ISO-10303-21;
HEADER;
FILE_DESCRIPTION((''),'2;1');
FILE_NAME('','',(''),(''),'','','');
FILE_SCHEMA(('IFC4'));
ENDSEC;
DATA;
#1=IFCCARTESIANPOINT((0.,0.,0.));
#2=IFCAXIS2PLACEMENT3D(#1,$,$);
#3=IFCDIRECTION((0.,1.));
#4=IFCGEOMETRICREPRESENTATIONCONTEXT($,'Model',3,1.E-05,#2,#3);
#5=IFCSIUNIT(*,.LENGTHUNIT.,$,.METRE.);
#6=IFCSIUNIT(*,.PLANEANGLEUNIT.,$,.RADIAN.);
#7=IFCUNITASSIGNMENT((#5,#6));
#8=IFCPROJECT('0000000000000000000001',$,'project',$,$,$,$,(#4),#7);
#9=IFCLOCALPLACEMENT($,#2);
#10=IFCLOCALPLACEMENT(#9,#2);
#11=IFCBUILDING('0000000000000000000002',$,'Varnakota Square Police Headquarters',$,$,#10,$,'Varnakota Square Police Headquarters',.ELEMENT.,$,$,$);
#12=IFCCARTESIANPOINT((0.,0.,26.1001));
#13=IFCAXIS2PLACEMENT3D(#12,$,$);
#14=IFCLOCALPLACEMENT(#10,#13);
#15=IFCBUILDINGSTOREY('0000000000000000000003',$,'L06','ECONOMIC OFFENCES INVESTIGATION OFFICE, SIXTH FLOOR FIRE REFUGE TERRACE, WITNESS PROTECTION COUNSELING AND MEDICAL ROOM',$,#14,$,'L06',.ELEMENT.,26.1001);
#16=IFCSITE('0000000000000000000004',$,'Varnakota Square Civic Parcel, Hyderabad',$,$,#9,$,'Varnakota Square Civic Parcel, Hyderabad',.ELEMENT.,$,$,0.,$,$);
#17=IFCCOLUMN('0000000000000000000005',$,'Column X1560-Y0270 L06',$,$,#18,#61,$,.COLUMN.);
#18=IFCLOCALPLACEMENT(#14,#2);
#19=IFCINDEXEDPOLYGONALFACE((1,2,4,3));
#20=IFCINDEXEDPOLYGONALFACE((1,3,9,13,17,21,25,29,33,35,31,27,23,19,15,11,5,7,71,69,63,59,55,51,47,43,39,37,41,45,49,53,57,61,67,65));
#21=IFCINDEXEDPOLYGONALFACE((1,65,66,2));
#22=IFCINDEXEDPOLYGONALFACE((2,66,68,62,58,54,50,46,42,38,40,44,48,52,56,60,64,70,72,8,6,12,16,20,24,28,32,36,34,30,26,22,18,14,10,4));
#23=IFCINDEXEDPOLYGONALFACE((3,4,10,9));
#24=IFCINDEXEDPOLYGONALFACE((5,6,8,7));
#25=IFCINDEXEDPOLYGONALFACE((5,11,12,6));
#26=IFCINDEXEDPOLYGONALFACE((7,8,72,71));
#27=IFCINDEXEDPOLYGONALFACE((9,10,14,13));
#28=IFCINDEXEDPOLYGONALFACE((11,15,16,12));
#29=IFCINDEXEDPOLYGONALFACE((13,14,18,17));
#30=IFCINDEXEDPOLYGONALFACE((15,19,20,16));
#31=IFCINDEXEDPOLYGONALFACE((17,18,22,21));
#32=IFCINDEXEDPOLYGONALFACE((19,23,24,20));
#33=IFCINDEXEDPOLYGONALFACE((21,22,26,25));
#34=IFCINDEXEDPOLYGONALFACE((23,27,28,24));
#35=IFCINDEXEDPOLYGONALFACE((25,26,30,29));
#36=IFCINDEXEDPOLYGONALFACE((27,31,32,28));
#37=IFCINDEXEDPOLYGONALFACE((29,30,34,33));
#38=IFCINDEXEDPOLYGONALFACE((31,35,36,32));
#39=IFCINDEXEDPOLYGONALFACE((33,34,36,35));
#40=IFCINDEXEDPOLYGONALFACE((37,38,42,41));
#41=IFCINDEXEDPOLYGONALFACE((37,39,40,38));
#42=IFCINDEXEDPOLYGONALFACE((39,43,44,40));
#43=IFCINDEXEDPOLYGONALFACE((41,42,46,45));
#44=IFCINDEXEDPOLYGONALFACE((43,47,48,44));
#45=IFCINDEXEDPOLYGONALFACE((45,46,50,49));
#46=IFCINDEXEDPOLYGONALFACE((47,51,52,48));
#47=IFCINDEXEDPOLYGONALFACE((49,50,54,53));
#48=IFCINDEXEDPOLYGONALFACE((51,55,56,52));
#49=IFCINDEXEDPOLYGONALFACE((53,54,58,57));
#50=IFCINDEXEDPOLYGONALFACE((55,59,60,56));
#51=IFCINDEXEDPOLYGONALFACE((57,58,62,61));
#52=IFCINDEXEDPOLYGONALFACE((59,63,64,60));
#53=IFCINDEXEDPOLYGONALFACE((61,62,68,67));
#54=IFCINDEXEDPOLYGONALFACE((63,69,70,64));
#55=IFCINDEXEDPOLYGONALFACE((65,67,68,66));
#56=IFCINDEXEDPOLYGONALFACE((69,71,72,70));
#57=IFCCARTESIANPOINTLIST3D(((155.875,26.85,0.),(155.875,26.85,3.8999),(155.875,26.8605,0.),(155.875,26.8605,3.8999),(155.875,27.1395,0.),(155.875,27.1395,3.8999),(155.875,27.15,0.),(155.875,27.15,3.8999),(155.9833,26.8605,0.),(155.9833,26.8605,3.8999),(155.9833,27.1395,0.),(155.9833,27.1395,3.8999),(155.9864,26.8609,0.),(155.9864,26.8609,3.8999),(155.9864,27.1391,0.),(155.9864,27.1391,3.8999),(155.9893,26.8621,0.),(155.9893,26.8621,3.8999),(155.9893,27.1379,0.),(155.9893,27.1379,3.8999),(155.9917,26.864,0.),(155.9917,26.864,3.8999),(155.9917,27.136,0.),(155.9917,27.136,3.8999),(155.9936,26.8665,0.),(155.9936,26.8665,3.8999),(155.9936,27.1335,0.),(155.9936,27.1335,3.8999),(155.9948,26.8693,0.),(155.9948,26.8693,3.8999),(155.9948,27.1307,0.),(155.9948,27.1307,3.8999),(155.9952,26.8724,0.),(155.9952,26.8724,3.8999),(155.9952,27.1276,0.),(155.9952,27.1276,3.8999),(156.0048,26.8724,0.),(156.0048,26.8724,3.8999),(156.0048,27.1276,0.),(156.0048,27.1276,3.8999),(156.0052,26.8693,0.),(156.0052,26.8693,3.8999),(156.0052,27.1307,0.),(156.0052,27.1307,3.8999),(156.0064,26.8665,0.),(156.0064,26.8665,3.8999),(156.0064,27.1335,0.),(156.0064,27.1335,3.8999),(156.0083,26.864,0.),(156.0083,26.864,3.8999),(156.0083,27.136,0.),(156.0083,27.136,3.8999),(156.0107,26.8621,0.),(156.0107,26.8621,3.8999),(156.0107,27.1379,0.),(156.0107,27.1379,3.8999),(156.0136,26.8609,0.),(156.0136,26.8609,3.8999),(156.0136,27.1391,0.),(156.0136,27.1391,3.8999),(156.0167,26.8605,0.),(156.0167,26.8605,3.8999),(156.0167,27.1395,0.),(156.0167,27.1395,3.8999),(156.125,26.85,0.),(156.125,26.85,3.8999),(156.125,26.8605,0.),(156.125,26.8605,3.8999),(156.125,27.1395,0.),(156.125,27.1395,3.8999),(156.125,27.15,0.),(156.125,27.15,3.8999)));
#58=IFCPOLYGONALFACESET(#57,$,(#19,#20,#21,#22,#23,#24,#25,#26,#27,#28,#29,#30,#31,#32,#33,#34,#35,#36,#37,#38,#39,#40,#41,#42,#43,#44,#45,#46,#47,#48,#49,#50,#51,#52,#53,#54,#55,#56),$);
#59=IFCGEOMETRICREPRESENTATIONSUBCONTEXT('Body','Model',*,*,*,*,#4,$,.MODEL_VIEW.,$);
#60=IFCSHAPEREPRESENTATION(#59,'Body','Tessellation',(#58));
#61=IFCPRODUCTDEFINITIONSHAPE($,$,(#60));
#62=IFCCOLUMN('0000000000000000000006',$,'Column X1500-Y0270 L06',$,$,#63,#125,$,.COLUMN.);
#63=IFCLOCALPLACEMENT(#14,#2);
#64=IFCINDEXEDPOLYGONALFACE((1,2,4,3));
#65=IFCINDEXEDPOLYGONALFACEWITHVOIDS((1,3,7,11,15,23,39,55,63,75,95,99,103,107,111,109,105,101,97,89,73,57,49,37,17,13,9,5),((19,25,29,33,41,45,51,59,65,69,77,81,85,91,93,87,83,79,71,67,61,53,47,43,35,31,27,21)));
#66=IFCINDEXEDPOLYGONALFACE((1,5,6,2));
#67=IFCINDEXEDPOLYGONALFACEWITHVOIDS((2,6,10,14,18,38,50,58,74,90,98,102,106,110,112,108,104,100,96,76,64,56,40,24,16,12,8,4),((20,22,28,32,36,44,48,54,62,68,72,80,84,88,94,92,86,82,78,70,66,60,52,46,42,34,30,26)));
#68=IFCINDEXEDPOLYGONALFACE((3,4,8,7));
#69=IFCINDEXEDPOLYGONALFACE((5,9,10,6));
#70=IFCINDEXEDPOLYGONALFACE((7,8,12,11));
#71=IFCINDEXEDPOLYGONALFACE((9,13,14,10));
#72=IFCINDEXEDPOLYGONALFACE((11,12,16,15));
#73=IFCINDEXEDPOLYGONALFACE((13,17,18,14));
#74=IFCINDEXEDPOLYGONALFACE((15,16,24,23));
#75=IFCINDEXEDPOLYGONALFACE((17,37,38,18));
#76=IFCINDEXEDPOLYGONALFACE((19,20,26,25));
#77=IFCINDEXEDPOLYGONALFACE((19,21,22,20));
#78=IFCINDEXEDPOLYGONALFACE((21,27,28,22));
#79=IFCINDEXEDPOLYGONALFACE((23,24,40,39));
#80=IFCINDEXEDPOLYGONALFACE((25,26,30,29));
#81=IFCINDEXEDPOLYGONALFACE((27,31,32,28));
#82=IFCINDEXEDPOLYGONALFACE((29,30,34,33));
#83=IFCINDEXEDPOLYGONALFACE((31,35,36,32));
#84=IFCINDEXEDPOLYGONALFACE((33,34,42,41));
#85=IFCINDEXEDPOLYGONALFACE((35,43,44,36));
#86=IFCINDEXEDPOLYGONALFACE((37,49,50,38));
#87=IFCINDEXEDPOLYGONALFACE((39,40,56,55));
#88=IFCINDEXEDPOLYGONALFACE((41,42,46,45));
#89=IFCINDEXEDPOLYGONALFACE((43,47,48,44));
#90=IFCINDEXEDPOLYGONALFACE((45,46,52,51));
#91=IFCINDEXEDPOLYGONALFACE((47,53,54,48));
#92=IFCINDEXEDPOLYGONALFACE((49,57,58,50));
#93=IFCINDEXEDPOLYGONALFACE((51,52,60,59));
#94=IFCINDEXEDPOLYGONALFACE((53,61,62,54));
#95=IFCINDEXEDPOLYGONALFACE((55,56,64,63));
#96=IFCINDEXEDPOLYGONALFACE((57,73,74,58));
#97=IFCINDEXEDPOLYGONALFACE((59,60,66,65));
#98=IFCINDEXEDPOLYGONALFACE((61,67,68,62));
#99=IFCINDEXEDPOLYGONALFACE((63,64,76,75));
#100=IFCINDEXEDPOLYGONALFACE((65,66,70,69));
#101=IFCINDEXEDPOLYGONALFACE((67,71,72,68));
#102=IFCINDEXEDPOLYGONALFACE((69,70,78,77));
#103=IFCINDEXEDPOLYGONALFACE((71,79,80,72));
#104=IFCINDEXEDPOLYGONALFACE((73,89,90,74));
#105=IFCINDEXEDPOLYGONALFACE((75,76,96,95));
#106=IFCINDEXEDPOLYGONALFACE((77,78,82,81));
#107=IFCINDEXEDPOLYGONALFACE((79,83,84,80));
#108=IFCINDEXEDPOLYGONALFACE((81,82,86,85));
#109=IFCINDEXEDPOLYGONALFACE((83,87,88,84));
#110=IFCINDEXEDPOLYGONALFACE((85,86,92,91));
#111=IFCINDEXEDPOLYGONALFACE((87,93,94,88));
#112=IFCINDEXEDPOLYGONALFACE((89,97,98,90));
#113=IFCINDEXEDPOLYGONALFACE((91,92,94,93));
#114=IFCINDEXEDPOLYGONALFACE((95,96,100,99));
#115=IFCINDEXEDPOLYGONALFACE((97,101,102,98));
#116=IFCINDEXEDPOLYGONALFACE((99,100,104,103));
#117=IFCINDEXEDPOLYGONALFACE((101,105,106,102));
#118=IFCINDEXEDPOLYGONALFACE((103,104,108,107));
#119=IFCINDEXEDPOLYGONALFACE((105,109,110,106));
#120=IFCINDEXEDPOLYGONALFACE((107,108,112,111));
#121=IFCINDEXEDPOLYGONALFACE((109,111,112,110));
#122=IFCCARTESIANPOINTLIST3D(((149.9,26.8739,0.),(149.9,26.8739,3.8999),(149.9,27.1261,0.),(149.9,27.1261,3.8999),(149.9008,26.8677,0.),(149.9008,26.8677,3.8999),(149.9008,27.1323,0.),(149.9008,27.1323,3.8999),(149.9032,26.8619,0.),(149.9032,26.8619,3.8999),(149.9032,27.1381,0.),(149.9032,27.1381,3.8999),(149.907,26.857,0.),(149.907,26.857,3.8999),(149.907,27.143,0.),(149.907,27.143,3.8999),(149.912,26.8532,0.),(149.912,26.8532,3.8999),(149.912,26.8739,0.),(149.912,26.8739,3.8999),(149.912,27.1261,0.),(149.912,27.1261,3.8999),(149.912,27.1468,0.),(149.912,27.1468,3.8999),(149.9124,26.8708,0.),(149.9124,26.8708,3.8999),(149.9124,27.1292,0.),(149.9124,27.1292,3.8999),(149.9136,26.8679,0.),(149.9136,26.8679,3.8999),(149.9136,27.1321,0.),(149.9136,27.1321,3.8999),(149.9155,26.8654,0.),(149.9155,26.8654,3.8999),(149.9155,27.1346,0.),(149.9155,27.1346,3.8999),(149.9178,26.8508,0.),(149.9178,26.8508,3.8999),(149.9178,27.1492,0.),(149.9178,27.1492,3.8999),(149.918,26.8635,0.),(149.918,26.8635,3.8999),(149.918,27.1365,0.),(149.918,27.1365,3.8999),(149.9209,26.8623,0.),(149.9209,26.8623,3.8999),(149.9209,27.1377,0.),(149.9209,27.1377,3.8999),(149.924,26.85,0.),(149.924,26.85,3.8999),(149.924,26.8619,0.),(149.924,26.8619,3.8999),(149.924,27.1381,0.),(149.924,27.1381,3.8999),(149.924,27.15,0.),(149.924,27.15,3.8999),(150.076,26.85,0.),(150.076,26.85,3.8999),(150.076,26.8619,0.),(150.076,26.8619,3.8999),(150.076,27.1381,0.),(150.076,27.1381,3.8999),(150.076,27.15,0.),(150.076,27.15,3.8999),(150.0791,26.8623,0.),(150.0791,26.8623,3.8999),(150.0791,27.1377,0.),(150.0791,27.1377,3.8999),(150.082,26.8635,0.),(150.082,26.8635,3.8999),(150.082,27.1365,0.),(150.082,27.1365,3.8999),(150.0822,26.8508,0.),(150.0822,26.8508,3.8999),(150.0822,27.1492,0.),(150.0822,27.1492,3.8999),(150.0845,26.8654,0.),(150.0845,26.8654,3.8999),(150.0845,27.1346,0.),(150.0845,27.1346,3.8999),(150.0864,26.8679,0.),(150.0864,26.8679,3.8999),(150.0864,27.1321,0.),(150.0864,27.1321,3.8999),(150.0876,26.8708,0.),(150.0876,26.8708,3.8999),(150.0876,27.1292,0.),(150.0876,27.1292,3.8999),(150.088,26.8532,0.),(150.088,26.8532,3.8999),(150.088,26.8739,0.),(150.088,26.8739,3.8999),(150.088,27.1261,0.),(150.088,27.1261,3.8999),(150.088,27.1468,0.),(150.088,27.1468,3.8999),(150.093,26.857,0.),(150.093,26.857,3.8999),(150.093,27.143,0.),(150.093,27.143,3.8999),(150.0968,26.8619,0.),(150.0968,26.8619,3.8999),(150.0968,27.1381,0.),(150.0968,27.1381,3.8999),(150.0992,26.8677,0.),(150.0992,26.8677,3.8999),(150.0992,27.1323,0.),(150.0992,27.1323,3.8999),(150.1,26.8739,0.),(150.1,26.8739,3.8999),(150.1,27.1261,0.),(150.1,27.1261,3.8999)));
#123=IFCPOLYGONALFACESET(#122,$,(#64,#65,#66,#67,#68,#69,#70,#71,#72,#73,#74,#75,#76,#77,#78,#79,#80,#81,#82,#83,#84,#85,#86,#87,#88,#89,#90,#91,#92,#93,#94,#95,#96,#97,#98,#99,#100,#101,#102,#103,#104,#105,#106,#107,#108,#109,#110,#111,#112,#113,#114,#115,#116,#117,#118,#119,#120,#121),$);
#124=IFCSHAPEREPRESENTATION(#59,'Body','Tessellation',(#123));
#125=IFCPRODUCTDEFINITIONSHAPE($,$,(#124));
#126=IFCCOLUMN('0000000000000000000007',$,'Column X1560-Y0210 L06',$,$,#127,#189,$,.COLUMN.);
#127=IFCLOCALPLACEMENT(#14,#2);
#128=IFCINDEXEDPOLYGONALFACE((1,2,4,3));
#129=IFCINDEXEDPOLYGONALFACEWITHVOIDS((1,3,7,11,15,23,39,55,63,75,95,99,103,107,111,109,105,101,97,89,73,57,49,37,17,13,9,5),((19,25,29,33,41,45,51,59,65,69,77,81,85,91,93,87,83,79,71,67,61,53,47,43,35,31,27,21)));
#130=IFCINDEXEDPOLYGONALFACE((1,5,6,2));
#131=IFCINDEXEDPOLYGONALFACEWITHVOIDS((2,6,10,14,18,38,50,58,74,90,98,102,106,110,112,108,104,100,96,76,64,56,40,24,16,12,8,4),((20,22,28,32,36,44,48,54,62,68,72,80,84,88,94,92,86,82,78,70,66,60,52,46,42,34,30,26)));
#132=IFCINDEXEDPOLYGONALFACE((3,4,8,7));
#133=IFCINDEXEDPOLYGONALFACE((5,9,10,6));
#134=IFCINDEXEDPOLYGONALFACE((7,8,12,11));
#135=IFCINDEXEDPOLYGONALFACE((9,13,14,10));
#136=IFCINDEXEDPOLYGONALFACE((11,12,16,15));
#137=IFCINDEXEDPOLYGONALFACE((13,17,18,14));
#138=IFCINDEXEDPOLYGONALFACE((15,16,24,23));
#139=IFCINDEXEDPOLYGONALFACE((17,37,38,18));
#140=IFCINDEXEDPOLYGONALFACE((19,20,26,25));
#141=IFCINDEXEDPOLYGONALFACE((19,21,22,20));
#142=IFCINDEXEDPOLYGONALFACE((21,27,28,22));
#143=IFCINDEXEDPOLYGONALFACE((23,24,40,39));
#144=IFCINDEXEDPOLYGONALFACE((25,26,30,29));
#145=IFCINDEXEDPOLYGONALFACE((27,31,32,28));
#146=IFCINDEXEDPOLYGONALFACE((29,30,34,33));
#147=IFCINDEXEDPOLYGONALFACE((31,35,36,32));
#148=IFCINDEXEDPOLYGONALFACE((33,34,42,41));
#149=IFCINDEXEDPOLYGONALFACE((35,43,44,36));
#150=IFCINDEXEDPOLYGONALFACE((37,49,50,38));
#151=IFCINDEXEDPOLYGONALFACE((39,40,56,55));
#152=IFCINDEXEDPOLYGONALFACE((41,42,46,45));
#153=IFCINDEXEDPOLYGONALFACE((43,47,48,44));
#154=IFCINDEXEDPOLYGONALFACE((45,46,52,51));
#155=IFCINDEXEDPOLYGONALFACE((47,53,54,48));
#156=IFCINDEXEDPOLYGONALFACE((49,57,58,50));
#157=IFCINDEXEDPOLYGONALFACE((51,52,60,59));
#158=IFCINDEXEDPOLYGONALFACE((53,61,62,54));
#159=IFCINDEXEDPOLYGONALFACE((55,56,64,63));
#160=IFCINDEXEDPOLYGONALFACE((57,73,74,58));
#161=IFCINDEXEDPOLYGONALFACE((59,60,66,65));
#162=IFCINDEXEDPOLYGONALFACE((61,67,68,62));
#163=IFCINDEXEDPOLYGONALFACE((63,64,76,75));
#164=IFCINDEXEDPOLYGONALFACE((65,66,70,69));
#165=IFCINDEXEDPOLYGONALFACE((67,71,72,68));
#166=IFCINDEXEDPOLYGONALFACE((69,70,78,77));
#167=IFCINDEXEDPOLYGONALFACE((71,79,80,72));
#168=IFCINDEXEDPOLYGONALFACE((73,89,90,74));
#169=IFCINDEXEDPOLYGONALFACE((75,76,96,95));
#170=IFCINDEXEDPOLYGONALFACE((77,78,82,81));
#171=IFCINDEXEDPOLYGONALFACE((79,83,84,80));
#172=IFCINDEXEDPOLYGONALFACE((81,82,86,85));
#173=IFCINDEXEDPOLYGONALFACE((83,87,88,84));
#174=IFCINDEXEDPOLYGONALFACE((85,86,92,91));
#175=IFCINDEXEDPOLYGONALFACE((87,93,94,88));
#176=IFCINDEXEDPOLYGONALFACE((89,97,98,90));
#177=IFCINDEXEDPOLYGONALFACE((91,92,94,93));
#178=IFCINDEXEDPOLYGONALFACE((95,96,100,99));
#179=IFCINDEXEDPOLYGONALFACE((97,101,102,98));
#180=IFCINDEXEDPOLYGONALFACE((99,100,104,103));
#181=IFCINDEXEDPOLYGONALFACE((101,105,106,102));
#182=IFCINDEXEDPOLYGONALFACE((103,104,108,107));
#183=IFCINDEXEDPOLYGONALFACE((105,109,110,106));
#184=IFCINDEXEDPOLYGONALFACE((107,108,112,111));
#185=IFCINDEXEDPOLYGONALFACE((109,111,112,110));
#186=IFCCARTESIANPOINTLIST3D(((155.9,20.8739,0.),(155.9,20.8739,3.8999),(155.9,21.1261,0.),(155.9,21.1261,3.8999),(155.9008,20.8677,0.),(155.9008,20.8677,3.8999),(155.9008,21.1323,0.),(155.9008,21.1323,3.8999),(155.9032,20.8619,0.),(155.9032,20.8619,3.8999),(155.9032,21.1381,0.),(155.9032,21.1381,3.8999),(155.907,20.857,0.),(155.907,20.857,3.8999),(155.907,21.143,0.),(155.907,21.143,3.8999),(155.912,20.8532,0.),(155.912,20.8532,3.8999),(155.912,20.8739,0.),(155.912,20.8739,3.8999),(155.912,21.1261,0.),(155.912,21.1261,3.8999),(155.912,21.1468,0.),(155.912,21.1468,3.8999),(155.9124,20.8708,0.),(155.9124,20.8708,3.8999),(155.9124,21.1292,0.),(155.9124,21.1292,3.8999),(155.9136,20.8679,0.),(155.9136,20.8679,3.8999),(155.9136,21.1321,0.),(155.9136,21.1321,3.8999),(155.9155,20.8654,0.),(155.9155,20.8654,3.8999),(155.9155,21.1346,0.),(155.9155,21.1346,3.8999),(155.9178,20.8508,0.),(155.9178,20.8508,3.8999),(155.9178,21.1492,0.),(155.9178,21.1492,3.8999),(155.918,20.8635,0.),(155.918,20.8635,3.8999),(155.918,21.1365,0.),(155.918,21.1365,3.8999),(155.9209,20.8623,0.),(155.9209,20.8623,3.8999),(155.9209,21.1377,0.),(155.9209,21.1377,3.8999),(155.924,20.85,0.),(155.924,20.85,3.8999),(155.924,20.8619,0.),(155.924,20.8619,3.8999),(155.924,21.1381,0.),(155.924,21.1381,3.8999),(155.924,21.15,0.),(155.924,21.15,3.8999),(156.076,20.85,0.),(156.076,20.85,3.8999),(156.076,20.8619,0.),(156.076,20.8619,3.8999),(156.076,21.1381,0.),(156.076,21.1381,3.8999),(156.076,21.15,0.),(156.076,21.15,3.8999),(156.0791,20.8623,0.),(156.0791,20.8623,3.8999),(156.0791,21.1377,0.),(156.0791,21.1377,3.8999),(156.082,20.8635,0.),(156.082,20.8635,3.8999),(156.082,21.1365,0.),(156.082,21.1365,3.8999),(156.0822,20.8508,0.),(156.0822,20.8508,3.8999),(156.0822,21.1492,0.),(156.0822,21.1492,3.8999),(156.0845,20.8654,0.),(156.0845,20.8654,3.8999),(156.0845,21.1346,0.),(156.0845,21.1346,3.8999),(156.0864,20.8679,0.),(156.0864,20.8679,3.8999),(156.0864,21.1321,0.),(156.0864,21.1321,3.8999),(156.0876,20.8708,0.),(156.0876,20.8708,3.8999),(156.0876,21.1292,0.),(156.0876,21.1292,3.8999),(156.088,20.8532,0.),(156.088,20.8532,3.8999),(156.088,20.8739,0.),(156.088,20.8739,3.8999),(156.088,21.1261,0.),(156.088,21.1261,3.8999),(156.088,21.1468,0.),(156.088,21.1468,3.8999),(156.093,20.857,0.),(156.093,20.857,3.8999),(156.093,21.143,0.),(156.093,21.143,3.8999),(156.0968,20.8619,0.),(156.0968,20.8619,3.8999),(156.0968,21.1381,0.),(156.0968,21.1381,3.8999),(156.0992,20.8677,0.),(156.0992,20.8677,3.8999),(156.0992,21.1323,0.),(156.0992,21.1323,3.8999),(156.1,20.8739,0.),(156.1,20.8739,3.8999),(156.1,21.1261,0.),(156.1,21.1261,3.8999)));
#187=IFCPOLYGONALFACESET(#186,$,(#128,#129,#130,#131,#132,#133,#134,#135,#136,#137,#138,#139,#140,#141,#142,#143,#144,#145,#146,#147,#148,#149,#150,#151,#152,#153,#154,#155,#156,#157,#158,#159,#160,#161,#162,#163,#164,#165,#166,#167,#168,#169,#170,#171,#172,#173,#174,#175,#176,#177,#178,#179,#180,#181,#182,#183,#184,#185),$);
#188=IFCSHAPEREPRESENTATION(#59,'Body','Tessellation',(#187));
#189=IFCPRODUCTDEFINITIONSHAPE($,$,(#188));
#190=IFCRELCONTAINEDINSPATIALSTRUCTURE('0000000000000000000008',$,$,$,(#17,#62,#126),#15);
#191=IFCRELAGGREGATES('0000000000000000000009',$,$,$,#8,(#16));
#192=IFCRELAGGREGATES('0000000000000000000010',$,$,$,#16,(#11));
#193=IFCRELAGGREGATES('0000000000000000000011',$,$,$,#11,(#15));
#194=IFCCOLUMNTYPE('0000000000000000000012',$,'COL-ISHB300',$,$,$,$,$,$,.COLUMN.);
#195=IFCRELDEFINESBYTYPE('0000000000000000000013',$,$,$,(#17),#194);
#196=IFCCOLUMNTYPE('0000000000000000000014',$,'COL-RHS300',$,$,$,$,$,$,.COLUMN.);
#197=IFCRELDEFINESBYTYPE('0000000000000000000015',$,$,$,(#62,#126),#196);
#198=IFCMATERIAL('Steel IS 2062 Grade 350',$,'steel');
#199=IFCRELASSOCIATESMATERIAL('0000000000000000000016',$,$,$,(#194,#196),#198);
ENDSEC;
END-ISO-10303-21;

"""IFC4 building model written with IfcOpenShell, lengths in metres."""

from ifc_helpers import new_model, si_unit, direction, frame, origin, origin_2d, place, context, subcontext, project, spatial, hollow_rectangle, i_section, extrude, material, material_profile, profile_set, type_object, element, save


model = new_model("IFC4")

# Units and contexts
model_context = context("Model", 3, precision=1e-05, world=origin(), true_north=direction((0.0, 1.0)))
body_context = subcontext(model_context, "Body", "Model", "MODEL_VIEW")
ifc_project = project(units=[si_unit("LENGTHUNIT", "METRE"), si_unit("PLANEANGLEUNIT", "RADIAN")], contexts=[model_context])

# Site, building, storey
site_placement = place(None, origin())
site = spatial("IfcSite", under=ifc_project, at=site_placement, Name="Varnakota Square Civic Parcel, Hyderabad", LongName="Varnakota Square Civic Parcel, Hyderabad", CompositionType="ELEMENT", RefElevation=0.0)
building_placement = place(site_placement, origin())
building = spatial("IfcBuilding", under=site, at=building_placement, Name="Varnakota Square Police Headquarters", LongName="Varnakota Square Police Headquarters", CompositionType="ELEMENT")
storey_placement = place(building_placement, frame((0.0, 0.0, 26.1001)))
storey = spatial("IfcBuildingStorey", under=building, at=storey_placement, Name="L06", Description="ECONOMIC OFFENCES INVESTIGATION OFFICE, SIXTH FLOOR FIRE REFUGE TERRACE, WITNESS PROTECTION COUNSELING AND MEDICAL ROOM", LongName="L06", CompositionType="ELEMENT", Elevation=26.1001)

# Columns
ifc_material_1 = material(Name="Steel IS 2062 Grade 350", Category="steel")
ifc_material_profile_1 = material_profile(ifc_material_1, i_section(OverallWidth=0.25, OverallDepth=0.3, WebThickness=0.0095, FlangeThickness=0.0105, FilletRadius=0.012, at=origin_2d()), Name="ISHB 300")
ifc_profile_set_1 = profile_set([ifc_material_profile_1], Name="Steel IS 2062 Grade 350")
column_type_1 = type_object("IfcColumnType", Name="COL-ISHB300", PredefinedType="COLUMN", material=ifc_profile_set_1)
column_1_placement = place(storey_placement, frame((156.0, 27.0, 0.0), z_axis=(0.0, 0.0, 1.0), x_axis=(1.0, 0.0, 0.0)))
element("IfcColumn", 1, at=column_1_placement, inside=storey, type_object=column_type_1, Name="Column X1560-Y0270 L06", PredefinedType="COLUMN", context=body_context, shape_type="SweptSolid", body=[
    extrude(i_section(OverallWidth=0.25, OverallDepth=0.3, WebThickness=0.0095, FlangeThickness=0.0105, FilletRadius=0.012, at=origin_2d()), origin(), (0.0, 0.0, 1.0), 3.8999),
])
ifc_material_profile_2 = material_profile(ifc_material_1, hollow_rectangle(XDim=0.2, YDim=0.3, WallThickness=0.012, InnerFilletRadius=0.012, OuterFilletRadius=0.0239, at=origin_2d()), Name="RHS 300x200x12")
ifc_profile_set_2 = profile_set([ifc_material_profile_2], Name="Steel IS 2062 Grade 350")
column_type_2 = type_object("IfcColumnType", Name="COL-RHS300", PredefinedType="COLUMN", material=ifc_profile_set_2)
for number, where, z_axis, x_axis, name in (
    (2, (150.0, 27.0, 0.0), (0.0, 0.0, 1.0), (1.0, 0.0, 0.0), "Column X1500-Y0270 L06"),
    (3, (156.0, 21.0, 0.0), (0.0, 0.0, 1.0), (1.0, 0.0, 0.0), "Column X1560-Y0210 L06"),
):
    element("IfcColumn", number, at=place(storey_placement, frame(where, z_axis=z_axis, x_axis=x_axis)), inside=storey, type_object=column_type_2, Name=name, PredefinedType="COLUMN", context=body_context, shape_type="SweptSolid", body=[
        extrude(hollow_rectangle(XDim=0.2, YDim=0.3, WallThickness=0.012, InnerFilletRadius=0.012, OuterFilletRadius=0.0239, at=origin_2d()), origin(), (0.0, 0.0, 1.0), 3.8999),
    ])

save(model, "model.ifc")
